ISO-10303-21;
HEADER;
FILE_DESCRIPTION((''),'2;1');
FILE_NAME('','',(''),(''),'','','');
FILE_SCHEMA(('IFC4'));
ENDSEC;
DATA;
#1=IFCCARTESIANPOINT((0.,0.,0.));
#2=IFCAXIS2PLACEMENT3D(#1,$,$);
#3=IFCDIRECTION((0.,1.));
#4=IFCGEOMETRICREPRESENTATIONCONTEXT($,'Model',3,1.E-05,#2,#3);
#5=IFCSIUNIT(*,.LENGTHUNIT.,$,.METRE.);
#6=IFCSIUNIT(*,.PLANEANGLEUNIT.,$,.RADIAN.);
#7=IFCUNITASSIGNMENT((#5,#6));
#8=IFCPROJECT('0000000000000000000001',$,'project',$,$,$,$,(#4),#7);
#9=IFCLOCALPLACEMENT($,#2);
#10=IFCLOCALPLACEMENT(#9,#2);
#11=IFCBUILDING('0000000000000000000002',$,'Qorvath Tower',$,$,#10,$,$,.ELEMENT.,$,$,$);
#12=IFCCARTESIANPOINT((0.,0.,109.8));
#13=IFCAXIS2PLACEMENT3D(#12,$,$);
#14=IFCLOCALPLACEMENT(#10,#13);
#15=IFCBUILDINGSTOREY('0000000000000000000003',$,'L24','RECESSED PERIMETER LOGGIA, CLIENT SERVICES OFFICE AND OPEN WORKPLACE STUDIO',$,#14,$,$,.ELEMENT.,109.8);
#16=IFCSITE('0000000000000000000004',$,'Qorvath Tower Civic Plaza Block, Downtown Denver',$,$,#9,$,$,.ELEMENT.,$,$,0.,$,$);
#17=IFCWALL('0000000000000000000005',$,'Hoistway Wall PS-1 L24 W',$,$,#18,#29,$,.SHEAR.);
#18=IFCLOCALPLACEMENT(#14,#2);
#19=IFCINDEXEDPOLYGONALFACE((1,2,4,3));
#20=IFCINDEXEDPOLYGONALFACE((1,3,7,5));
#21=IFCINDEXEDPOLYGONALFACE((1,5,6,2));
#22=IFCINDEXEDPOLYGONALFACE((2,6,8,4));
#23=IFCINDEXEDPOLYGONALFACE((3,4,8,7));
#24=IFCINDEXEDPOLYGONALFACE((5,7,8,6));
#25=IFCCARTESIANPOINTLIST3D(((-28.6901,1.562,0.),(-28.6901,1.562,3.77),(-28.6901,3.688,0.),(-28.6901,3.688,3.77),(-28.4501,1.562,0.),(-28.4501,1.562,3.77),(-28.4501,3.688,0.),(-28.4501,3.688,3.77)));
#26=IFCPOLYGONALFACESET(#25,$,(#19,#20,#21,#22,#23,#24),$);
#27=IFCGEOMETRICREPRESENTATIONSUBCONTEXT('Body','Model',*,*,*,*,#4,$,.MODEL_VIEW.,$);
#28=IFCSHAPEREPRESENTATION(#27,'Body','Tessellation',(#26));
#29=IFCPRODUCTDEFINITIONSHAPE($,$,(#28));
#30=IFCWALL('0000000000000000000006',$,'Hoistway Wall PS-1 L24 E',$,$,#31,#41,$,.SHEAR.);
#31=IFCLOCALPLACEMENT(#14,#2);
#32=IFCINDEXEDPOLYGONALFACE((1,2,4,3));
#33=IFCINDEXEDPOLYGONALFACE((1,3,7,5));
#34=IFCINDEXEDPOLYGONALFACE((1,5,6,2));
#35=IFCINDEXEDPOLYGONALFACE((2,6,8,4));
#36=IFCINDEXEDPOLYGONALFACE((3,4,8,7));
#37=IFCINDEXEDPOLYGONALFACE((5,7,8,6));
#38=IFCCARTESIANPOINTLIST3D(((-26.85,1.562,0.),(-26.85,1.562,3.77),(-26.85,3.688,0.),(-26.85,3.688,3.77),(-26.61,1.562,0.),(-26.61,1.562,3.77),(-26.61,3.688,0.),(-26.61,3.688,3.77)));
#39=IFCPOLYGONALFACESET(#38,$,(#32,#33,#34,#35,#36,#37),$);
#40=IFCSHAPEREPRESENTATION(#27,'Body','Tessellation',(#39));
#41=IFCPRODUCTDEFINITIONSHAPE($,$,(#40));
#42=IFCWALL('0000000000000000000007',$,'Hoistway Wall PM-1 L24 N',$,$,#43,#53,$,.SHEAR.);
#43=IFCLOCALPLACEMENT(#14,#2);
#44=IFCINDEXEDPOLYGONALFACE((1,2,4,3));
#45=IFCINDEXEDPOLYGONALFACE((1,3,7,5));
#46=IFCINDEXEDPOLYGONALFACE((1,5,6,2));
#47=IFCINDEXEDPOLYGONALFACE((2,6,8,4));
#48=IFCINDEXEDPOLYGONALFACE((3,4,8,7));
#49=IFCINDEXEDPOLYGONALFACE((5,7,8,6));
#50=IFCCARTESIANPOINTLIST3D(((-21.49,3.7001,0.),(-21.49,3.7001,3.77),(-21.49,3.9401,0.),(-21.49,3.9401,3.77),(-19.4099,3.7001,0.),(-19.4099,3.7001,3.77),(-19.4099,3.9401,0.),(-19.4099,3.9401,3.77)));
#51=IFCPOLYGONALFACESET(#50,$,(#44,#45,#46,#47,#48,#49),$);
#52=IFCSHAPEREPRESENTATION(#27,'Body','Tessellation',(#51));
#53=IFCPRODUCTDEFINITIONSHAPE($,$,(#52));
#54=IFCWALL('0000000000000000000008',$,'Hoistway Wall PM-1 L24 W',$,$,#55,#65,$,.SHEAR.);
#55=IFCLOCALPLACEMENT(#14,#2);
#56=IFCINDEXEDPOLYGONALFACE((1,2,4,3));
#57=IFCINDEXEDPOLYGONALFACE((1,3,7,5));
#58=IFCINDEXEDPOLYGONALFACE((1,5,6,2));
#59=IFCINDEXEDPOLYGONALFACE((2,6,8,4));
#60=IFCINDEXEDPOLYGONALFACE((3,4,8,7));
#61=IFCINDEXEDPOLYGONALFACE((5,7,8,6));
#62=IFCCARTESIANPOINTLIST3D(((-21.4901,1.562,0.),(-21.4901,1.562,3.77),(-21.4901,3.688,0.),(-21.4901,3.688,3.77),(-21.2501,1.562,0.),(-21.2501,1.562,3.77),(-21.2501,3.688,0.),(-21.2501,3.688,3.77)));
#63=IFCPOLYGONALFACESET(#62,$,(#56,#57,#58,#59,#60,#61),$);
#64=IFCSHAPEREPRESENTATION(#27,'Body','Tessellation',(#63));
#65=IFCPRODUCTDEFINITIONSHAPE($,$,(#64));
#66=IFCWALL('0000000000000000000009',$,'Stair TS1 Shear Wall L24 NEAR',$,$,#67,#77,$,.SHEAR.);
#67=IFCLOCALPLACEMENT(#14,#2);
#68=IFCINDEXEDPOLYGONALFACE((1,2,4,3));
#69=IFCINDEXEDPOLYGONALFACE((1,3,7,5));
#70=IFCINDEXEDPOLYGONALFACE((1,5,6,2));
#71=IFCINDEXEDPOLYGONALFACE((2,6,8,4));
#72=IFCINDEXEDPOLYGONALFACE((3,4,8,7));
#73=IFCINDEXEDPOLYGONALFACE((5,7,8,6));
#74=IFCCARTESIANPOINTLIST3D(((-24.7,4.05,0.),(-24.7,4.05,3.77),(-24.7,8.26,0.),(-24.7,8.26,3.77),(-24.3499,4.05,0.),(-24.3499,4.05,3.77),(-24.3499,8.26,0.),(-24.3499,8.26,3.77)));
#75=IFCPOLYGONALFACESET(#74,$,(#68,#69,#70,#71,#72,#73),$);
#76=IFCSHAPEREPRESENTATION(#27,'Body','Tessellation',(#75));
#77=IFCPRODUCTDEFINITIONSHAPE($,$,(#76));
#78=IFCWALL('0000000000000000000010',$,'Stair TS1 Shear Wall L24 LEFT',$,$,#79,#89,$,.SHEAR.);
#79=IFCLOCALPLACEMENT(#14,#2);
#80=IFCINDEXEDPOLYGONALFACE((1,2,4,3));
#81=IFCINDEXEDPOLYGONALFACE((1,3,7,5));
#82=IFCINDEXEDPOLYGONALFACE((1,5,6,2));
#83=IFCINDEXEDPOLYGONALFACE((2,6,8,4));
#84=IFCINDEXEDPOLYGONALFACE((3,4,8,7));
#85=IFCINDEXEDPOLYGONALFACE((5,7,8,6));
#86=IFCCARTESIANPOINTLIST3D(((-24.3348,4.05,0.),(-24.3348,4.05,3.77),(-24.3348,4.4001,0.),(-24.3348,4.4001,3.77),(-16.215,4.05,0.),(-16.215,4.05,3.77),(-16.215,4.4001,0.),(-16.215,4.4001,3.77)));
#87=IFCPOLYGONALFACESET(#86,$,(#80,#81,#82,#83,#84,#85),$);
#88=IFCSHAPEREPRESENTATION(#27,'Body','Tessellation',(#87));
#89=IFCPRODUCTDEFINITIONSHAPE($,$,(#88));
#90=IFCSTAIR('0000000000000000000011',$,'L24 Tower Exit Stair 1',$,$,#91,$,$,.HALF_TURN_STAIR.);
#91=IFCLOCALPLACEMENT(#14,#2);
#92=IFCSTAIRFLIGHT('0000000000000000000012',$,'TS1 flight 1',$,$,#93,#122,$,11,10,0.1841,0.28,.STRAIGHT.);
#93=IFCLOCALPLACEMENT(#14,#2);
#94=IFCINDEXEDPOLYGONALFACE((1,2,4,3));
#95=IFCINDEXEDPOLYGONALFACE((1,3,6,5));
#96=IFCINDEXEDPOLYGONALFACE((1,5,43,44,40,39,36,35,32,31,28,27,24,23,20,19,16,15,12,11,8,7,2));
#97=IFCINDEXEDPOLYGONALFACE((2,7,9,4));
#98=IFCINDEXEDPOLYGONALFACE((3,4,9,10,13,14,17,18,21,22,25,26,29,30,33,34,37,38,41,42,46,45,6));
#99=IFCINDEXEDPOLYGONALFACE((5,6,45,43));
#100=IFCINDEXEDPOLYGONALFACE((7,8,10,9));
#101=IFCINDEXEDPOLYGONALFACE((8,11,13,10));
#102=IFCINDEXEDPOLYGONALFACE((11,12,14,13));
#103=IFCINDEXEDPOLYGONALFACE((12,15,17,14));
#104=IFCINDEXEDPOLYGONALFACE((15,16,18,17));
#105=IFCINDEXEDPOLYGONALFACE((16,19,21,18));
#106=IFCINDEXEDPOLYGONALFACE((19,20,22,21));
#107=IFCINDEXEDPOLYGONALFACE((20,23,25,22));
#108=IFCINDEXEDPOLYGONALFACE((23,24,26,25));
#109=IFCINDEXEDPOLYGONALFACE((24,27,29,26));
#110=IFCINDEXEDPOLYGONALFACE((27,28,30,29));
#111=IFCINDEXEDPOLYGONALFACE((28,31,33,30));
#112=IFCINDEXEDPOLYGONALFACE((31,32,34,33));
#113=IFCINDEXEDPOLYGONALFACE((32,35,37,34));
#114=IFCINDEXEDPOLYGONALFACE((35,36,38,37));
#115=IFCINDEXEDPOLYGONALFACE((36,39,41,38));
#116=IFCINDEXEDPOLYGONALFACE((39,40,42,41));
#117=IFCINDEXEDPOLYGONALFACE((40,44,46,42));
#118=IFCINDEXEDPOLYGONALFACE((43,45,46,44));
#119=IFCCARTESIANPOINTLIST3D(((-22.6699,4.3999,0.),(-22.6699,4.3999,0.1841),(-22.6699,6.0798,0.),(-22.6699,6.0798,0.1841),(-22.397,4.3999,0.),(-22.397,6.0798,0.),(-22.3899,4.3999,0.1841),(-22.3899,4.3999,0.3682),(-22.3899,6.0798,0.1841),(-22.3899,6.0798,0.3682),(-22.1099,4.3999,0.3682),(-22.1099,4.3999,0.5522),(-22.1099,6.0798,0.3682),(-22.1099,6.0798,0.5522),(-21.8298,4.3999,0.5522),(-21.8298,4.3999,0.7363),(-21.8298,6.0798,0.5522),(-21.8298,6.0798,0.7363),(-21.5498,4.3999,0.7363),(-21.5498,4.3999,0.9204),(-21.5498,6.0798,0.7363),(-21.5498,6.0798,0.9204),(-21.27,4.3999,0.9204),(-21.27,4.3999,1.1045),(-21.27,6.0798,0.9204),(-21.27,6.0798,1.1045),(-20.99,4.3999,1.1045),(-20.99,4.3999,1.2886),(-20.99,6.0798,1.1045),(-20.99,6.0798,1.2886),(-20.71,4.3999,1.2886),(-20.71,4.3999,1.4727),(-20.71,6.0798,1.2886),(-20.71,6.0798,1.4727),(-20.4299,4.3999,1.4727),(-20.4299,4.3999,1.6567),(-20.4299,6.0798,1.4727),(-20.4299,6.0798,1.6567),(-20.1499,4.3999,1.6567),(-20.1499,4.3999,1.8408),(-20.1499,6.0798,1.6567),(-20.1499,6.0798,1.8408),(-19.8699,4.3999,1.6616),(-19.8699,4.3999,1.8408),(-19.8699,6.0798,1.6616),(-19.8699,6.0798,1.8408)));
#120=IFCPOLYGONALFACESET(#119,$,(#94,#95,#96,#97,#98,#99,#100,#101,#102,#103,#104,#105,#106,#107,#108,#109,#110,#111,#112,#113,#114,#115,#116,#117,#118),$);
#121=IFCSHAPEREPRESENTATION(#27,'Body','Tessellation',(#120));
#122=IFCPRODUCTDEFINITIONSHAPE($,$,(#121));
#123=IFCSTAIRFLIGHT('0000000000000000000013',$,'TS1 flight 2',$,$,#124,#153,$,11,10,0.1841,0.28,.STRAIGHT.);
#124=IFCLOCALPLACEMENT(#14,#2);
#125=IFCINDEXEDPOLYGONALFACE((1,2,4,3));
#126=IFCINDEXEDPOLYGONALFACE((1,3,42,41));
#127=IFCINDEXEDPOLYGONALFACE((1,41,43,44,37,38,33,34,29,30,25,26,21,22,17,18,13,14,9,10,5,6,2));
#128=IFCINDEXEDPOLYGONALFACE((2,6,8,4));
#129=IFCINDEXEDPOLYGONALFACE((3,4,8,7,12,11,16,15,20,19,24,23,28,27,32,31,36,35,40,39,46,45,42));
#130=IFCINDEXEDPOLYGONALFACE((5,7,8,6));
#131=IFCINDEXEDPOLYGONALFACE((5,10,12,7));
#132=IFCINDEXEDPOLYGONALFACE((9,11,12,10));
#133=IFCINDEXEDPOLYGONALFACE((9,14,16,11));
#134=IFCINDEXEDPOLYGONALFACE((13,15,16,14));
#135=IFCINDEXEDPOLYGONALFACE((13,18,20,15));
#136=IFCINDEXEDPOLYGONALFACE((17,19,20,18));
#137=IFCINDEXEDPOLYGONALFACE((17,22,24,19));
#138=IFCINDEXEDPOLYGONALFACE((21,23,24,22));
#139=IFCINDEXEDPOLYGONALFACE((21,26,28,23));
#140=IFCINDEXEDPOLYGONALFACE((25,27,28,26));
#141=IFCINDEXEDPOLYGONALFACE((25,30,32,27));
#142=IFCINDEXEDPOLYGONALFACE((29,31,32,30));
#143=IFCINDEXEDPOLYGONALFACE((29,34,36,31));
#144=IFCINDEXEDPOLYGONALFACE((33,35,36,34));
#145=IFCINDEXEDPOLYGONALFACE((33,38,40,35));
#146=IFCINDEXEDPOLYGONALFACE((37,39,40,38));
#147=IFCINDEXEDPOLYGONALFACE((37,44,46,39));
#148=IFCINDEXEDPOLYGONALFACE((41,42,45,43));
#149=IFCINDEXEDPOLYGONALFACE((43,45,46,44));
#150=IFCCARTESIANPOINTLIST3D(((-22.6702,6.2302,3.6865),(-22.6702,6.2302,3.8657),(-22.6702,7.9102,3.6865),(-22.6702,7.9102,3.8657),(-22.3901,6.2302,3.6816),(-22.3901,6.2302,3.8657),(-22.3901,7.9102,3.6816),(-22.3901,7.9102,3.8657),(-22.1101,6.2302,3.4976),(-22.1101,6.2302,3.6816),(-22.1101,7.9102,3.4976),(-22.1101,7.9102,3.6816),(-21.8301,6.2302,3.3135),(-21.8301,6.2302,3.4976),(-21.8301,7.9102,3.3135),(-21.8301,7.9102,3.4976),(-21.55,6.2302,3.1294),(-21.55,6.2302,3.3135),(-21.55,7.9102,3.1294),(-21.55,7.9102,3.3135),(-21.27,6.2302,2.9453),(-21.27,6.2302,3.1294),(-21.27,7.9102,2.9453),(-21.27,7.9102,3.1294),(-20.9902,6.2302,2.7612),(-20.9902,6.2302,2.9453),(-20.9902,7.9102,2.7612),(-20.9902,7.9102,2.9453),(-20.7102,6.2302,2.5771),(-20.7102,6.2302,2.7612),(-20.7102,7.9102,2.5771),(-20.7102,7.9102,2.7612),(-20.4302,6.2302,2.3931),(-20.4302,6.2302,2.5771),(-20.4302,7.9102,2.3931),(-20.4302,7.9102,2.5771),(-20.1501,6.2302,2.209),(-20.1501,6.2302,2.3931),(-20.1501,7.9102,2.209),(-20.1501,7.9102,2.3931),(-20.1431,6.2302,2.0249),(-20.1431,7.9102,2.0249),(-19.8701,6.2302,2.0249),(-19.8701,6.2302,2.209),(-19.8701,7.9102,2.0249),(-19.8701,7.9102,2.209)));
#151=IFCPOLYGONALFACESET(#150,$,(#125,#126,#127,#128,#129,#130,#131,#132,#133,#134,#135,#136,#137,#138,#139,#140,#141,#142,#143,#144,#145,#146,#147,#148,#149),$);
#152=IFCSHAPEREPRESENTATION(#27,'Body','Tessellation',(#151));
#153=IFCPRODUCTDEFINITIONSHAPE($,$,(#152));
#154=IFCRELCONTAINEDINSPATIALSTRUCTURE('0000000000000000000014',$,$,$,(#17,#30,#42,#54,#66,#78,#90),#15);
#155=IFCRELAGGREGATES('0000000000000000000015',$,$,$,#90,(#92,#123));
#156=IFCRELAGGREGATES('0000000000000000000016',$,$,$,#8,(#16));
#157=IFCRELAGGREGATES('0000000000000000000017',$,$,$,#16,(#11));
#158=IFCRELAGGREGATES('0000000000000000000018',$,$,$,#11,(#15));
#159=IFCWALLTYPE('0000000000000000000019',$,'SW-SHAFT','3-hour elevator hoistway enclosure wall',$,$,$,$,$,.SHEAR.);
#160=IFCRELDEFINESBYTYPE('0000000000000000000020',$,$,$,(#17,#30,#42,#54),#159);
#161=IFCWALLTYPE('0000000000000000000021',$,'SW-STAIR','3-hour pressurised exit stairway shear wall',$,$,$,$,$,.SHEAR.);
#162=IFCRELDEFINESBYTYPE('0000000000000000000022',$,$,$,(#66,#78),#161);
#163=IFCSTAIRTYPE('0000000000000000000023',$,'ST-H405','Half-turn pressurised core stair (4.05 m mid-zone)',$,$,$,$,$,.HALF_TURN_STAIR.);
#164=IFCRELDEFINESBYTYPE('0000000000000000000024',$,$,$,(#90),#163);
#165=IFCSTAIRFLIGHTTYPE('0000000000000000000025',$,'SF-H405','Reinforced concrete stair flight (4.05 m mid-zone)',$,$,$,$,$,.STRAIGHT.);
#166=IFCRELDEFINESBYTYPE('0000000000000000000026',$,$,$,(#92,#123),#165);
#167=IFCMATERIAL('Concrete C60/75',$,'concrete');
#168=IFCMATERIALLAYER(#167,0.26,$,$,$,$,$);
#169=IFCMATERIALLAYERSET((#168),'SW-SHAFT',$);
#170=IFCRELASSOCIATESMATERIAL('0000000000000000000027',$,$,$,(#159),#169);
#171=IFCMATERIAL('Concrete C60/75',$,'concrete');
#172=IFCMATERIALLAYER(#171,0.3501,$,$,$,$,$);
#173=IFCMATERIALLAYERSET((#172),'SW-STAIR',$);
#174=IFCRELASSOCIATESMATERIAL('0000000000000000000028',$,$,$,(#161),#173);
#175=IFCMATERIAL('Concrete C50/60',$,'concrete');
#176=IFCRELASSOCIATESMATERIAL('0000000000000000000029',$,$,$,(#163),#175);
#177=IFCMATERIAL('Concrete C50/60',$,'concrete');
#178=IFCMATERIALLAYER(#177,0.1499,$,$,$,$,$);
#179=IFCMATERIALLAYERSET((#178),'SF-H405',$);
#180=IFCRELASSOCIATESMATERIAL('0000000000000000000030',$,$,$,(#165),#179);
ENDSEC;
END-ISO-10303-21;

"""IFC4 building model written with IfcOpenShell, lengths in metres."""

from ifc_helpers import new_model, si_unit, direction, frame, frame_2d, origin, place, context, subcontext, project, spatial, polyline, rectangle, outline, extrude, material, layer, layer_set, type_object, element, aggregate, save


model = new_model("IFC4")

# Units and contexts
model_context = context("Model", 3, precision=1e-05, world=origin(), true_north=direction((0.0, 1.0)))
body_context = subcontext(model_context, "Body", "Model", "MODEL_VIEW")
ifc_project = project(units=[si_unit("LENGTHUNIT", "METRE"), si_unit("PLANEANGLEUNIT", "RADIAN")], contexts=[model_context])

# Site, building, storey
site_placement = place(None, origin())
site = spatial("IfcSite", under=ifc_project, at=site_placement, Name="Qorvath Tower Civic Plaza Block, Downtown Denver", CompositionType="ELEMENT", RefElevation=0.0)
building_placement = place(site_placement, origin())
building = spatial("IfcBuilding", under=site, at=building_placement, Name="Qorvath Tower", CompositionType="ELEMENT")
storey_placement = place(building_placement, frame((0.0, 0.0, 109.8)))
storey = spatial("IfcBuildingStorey", under=building, at=storey_placement, Name="L24", Description="RECESSED PERIMETER LOGGIA, CLIENT SERVICES OFFICE AND OPEN WORKPLACE STUDIO", CompositionType="ELEMENT", Elevation=109.8)

# Shared definitions
ifc_material_1 = material(Name="Concrete C60/75", Category="concrete")
ifc_layer_1 = layer(ifc_material_1, 0.26)
ifc_layer_set_1 = layer_set([ifc_layer_1], Name="SW-SHAFT")
wall_type_1 = type_object("IfcWallType", Name="SW-SHAFT", Description="3-hour elevator hoistway enclosure wall", PredefinedType="SHEAR", material=ifc_layer_set_1)

# Walls
for number, where, z_axis, x_axis, name in (
    (1, (-28.5701, 1.562, 0.0), (0.0, 0.0, 1.0), (0.0, 1.0, 0.0), "Hoistway Wall PS-1 L24 W"),
    (2, (-26.73, 3.688, 0.0), (0.0, 0.0, 1.0), (0.0, -1.0, 0.0), "Hoistway Wall PS-1 L24 E"),
):
    element("IfcWall", number, at=place(storey_placement, frame(where, z_axis=z_axis, x_axis=x_axis)), inside=storey, type_object=wall_type_1, Name=name, PredefinedType="SHEAR", context=body_context, shape_type="SweptSolid", body=[
        extrude(rectangle(XDim=2.126, YDim=0.24, at=frame_2d((1.063, 0.0))), origin(), (0.0, 0.0, 1.0), 3.77),
    ])
wall_1_placement = place(storey_placement, frame((-21.49, 3.8201, 0.0), z_axis=(0.0, 0.0, 1.0), x_axis=(1.0, 0.0, 0.0)))
element("IfcWall", 3, at=wall_1_placement, inside=storey, type_object=wall_type_1, Name="Hoistway Wall PM-1 L24 N", PredefinedType="SHEAR", context=body_context, shape_type="SweptSolid", body=[
    extrude(rectangle(XDim=2.0801, YDim=0.24, at=frame_2d((1.04, 0.0))), origin(), (0.0, 0.0, 1.0), 3.77),
])
wall_2_placement = place(storey_placement, frame((-21.3701, 1.562, 0.0), z_axis=(0.0, 0.0, 1.0), x_axis=(0.0, 1.0, 0.0)))
element("IfcWall", 4, at=wall_2_placement, inside=storey, type_object=wall_type_1, Name="Hoistway Wall PM-1 L24 W", PredefinedType="SHEAR", context=body_context, shape_type="SweptSolid", body=[
    extrude(rectangle(XDim=2.126, YDim=0.24, at=frame_2d((1.063, 0.0))), origin(), (0.0, 0.0, 1.0), 3.77),
])
ifc_material_2 = material(Name="Concrete C60/75", Category="concrete")
ifc_layer_2 = layer(ifc_material_2, 0.3501)
ifc_layer_set_2 = layer_set([ifc_layer_2], Name="SW-STAIR")
wall_type_2 = type_object("IfcWallType", Name="SW-STAIR", Description="3-hour pressurised exit stairway shear wall", PredefinedType="SHEAR", material=ifc_layer_set_2)
wall_3_placement = place(storey_placement, frame((-24.5249, 8.26, 0.0), z_axis=(0.0, 0.0, 1.0), x_axis=(0.0, -1.0, 0.0)))
element("IfcWall", 5, at=wall_3_placement, inside=storey, type_object=wall_type_2, Name="Stair TS1 Shear Wall L24 NEAR", PredefinedType="SHEAR", context=body_context, shape_type="SweptSolid", body=[
    extrude(rectangle(XDim=4.21, YDim=0.3501, at=frame_2d((2.105, 0.0))), origin(), (0.0, 0.0, 1.0), 3.77),
])
wall_4_placement = place(storey_placement, frame((-24.335, 4.2251, 0.0), z_axis=(0.0, 0.0, 1.0), x_axis=(1.0, 0.0, 0.0)))
element("IfcWall", 6, at=wall_4_placement, inside=storey, type_object=wall_type_2, Name="Stair TS1 Shear Wall L24 LEFT", PredefinedType="SHEAR", context=body_context, shape_type="SweptSolid", body=[
    extrude(rectangle(XDim=8.1199, YDim=0.3501, at=frame_2d((4.0601, 0.0))), origin(), (0.0, 0.0, 1.0), 3.77),
])

# Stair, stair flights
ifc_material_3 = material(Name="Concrete C50/60", Category="concrete")
stair_type = type_object("IfcStairType", Name="ST-H405", Description="Half-turn pressurised core stair (4.05 m mid-zone)", PredefinedType="HALF_TURN_STAIR", material=ifc_material_3)
stair_placement = place(storey_placement, origin())
stair = element("IfcStair", 7, at=stair_placement, inside=storey, type_object=stair_type, Name="L24 Tower Exit Stair 1", PredefinedType="HALF_TURN_STAIR")
ifc_material_4 = material(Name="Concrete C50/60", Category="concrete")
ifc_layer_3 = layer(ifc_material_4, 0.1499)
ifc_layer_set_3 = layer_set([ifc_layer_3], Name="SF-H405")
stair_flight_type = type_object("IfcStairFlightType", Name="SF-H405", Description="Reinforced concrete stair flight (4.05 m mid-zone)", PredefinedType="STRAIGHT", material=ifc_layer_set_3)
stair_flight_1_placement = place(storey_placement, frame((-22.6699, 5.24, 0.0), z_axis=(0.0, 0.0, 1.0), x_axis=(1.0, 0.0, 0.0)))
stair_flight_1 = element("IfcStairFlight", 8, at=stair_flight_1_placement, type_object=stair_flight_type, Name="TS1 flight 1", NumberOfRisers=11, NumberOfTreads=10, PredefinedType="STRAIGHT", RiserHeight=0.1841, TreadLength=0.28, context=body_context, shape_type="SweptSolid", body=[
    extrude(outline(polyline([(0.0, 0.0), (0.0, 0.1841), (0.28, 0.1841), (0.28, 0.3682), (0.5601, 0.3682), (0.5601, 0.5522), (0.8401, 0.5522), (0.8401, 0.7363), (1.1201, 0.7363), (1.1201, 0.9204), (1.3999, 0.9204), (1.3999, 1.1045), (1.6799, 1.1045), (1.6799, 1.2886), (1.96, 1.2886), (1.96, 1.4727), (2.24, 1.4727), (2.24, 1.6567), (2.52, 1.6567), (2.52, 1.8408), (2.8, 1.8408), (2.8, 2.0249), (2.8, 1.6616), (0.2729, 0.0), (0.0, 0.0)])), frame((0.0, 0.8398, 0.0), z_axis=(0.0, -1.0, 0.0), x_axis=(1.0, 0.0, 0.0)), (0.0, 0.0, 1.0), 1.6799),
])
stair_flight_2_placement = place(storey_placement, frame((-19.8701, 7.0701, 2.0249), z_axis=(0.0, 0.0, 1.0), x_axis=(-1.0, 0.0, 0.0)))
stair_flight_2 = element("IfcStairFlight", 9, at=stair_flight_2_placement, type_object=stair_flight_type, Name="TS1 flight 2", NumberOfRisers=11, NumberOfTreads=10, PredefinedType="STRAIGHT", RiserHeight=0.1841, TreadLength=0.28, context=body_context, shape_type="SweptSolid", body=[
    extrude(outline(polyline([(0.0, 0.0), (0.0, 0.1841), (0.28, 0.1841), (0.28, 0.3682), (0.5601, 0.3682), (0.5601, 0.5522), (0.8401, 0.5522), (0.8401, 0.7363), (1.1201, 0.7363), (1.1201, 0.9204), (1.3999, 0.9204), (1.3999, 1.1045), (1.6799, 1.1045), (1.6799, 1.2886), (1.96, 1.2886), (1.96, 1.4727), (2.24, 1.4727), (2.24, 1.6567), (2.52, 1.6567), (2.52, 1.8408), (2.8, 1.8408), (2.8, 2.0249), (2.8, 1.6616), (0.2729, 0.0), (0.0, 0.0)])), frame((0.0, 0.8398, 0.0), z_axis=(0.0, -1.0, 0.0), x_axis=(1.0, 0.0, 0.0)), (0.0, 0.0, 1.0), 1.6799),
])
aggregate(stair, [stair_flight_1, stair_flight_2])

save(model, "model.ifc")
